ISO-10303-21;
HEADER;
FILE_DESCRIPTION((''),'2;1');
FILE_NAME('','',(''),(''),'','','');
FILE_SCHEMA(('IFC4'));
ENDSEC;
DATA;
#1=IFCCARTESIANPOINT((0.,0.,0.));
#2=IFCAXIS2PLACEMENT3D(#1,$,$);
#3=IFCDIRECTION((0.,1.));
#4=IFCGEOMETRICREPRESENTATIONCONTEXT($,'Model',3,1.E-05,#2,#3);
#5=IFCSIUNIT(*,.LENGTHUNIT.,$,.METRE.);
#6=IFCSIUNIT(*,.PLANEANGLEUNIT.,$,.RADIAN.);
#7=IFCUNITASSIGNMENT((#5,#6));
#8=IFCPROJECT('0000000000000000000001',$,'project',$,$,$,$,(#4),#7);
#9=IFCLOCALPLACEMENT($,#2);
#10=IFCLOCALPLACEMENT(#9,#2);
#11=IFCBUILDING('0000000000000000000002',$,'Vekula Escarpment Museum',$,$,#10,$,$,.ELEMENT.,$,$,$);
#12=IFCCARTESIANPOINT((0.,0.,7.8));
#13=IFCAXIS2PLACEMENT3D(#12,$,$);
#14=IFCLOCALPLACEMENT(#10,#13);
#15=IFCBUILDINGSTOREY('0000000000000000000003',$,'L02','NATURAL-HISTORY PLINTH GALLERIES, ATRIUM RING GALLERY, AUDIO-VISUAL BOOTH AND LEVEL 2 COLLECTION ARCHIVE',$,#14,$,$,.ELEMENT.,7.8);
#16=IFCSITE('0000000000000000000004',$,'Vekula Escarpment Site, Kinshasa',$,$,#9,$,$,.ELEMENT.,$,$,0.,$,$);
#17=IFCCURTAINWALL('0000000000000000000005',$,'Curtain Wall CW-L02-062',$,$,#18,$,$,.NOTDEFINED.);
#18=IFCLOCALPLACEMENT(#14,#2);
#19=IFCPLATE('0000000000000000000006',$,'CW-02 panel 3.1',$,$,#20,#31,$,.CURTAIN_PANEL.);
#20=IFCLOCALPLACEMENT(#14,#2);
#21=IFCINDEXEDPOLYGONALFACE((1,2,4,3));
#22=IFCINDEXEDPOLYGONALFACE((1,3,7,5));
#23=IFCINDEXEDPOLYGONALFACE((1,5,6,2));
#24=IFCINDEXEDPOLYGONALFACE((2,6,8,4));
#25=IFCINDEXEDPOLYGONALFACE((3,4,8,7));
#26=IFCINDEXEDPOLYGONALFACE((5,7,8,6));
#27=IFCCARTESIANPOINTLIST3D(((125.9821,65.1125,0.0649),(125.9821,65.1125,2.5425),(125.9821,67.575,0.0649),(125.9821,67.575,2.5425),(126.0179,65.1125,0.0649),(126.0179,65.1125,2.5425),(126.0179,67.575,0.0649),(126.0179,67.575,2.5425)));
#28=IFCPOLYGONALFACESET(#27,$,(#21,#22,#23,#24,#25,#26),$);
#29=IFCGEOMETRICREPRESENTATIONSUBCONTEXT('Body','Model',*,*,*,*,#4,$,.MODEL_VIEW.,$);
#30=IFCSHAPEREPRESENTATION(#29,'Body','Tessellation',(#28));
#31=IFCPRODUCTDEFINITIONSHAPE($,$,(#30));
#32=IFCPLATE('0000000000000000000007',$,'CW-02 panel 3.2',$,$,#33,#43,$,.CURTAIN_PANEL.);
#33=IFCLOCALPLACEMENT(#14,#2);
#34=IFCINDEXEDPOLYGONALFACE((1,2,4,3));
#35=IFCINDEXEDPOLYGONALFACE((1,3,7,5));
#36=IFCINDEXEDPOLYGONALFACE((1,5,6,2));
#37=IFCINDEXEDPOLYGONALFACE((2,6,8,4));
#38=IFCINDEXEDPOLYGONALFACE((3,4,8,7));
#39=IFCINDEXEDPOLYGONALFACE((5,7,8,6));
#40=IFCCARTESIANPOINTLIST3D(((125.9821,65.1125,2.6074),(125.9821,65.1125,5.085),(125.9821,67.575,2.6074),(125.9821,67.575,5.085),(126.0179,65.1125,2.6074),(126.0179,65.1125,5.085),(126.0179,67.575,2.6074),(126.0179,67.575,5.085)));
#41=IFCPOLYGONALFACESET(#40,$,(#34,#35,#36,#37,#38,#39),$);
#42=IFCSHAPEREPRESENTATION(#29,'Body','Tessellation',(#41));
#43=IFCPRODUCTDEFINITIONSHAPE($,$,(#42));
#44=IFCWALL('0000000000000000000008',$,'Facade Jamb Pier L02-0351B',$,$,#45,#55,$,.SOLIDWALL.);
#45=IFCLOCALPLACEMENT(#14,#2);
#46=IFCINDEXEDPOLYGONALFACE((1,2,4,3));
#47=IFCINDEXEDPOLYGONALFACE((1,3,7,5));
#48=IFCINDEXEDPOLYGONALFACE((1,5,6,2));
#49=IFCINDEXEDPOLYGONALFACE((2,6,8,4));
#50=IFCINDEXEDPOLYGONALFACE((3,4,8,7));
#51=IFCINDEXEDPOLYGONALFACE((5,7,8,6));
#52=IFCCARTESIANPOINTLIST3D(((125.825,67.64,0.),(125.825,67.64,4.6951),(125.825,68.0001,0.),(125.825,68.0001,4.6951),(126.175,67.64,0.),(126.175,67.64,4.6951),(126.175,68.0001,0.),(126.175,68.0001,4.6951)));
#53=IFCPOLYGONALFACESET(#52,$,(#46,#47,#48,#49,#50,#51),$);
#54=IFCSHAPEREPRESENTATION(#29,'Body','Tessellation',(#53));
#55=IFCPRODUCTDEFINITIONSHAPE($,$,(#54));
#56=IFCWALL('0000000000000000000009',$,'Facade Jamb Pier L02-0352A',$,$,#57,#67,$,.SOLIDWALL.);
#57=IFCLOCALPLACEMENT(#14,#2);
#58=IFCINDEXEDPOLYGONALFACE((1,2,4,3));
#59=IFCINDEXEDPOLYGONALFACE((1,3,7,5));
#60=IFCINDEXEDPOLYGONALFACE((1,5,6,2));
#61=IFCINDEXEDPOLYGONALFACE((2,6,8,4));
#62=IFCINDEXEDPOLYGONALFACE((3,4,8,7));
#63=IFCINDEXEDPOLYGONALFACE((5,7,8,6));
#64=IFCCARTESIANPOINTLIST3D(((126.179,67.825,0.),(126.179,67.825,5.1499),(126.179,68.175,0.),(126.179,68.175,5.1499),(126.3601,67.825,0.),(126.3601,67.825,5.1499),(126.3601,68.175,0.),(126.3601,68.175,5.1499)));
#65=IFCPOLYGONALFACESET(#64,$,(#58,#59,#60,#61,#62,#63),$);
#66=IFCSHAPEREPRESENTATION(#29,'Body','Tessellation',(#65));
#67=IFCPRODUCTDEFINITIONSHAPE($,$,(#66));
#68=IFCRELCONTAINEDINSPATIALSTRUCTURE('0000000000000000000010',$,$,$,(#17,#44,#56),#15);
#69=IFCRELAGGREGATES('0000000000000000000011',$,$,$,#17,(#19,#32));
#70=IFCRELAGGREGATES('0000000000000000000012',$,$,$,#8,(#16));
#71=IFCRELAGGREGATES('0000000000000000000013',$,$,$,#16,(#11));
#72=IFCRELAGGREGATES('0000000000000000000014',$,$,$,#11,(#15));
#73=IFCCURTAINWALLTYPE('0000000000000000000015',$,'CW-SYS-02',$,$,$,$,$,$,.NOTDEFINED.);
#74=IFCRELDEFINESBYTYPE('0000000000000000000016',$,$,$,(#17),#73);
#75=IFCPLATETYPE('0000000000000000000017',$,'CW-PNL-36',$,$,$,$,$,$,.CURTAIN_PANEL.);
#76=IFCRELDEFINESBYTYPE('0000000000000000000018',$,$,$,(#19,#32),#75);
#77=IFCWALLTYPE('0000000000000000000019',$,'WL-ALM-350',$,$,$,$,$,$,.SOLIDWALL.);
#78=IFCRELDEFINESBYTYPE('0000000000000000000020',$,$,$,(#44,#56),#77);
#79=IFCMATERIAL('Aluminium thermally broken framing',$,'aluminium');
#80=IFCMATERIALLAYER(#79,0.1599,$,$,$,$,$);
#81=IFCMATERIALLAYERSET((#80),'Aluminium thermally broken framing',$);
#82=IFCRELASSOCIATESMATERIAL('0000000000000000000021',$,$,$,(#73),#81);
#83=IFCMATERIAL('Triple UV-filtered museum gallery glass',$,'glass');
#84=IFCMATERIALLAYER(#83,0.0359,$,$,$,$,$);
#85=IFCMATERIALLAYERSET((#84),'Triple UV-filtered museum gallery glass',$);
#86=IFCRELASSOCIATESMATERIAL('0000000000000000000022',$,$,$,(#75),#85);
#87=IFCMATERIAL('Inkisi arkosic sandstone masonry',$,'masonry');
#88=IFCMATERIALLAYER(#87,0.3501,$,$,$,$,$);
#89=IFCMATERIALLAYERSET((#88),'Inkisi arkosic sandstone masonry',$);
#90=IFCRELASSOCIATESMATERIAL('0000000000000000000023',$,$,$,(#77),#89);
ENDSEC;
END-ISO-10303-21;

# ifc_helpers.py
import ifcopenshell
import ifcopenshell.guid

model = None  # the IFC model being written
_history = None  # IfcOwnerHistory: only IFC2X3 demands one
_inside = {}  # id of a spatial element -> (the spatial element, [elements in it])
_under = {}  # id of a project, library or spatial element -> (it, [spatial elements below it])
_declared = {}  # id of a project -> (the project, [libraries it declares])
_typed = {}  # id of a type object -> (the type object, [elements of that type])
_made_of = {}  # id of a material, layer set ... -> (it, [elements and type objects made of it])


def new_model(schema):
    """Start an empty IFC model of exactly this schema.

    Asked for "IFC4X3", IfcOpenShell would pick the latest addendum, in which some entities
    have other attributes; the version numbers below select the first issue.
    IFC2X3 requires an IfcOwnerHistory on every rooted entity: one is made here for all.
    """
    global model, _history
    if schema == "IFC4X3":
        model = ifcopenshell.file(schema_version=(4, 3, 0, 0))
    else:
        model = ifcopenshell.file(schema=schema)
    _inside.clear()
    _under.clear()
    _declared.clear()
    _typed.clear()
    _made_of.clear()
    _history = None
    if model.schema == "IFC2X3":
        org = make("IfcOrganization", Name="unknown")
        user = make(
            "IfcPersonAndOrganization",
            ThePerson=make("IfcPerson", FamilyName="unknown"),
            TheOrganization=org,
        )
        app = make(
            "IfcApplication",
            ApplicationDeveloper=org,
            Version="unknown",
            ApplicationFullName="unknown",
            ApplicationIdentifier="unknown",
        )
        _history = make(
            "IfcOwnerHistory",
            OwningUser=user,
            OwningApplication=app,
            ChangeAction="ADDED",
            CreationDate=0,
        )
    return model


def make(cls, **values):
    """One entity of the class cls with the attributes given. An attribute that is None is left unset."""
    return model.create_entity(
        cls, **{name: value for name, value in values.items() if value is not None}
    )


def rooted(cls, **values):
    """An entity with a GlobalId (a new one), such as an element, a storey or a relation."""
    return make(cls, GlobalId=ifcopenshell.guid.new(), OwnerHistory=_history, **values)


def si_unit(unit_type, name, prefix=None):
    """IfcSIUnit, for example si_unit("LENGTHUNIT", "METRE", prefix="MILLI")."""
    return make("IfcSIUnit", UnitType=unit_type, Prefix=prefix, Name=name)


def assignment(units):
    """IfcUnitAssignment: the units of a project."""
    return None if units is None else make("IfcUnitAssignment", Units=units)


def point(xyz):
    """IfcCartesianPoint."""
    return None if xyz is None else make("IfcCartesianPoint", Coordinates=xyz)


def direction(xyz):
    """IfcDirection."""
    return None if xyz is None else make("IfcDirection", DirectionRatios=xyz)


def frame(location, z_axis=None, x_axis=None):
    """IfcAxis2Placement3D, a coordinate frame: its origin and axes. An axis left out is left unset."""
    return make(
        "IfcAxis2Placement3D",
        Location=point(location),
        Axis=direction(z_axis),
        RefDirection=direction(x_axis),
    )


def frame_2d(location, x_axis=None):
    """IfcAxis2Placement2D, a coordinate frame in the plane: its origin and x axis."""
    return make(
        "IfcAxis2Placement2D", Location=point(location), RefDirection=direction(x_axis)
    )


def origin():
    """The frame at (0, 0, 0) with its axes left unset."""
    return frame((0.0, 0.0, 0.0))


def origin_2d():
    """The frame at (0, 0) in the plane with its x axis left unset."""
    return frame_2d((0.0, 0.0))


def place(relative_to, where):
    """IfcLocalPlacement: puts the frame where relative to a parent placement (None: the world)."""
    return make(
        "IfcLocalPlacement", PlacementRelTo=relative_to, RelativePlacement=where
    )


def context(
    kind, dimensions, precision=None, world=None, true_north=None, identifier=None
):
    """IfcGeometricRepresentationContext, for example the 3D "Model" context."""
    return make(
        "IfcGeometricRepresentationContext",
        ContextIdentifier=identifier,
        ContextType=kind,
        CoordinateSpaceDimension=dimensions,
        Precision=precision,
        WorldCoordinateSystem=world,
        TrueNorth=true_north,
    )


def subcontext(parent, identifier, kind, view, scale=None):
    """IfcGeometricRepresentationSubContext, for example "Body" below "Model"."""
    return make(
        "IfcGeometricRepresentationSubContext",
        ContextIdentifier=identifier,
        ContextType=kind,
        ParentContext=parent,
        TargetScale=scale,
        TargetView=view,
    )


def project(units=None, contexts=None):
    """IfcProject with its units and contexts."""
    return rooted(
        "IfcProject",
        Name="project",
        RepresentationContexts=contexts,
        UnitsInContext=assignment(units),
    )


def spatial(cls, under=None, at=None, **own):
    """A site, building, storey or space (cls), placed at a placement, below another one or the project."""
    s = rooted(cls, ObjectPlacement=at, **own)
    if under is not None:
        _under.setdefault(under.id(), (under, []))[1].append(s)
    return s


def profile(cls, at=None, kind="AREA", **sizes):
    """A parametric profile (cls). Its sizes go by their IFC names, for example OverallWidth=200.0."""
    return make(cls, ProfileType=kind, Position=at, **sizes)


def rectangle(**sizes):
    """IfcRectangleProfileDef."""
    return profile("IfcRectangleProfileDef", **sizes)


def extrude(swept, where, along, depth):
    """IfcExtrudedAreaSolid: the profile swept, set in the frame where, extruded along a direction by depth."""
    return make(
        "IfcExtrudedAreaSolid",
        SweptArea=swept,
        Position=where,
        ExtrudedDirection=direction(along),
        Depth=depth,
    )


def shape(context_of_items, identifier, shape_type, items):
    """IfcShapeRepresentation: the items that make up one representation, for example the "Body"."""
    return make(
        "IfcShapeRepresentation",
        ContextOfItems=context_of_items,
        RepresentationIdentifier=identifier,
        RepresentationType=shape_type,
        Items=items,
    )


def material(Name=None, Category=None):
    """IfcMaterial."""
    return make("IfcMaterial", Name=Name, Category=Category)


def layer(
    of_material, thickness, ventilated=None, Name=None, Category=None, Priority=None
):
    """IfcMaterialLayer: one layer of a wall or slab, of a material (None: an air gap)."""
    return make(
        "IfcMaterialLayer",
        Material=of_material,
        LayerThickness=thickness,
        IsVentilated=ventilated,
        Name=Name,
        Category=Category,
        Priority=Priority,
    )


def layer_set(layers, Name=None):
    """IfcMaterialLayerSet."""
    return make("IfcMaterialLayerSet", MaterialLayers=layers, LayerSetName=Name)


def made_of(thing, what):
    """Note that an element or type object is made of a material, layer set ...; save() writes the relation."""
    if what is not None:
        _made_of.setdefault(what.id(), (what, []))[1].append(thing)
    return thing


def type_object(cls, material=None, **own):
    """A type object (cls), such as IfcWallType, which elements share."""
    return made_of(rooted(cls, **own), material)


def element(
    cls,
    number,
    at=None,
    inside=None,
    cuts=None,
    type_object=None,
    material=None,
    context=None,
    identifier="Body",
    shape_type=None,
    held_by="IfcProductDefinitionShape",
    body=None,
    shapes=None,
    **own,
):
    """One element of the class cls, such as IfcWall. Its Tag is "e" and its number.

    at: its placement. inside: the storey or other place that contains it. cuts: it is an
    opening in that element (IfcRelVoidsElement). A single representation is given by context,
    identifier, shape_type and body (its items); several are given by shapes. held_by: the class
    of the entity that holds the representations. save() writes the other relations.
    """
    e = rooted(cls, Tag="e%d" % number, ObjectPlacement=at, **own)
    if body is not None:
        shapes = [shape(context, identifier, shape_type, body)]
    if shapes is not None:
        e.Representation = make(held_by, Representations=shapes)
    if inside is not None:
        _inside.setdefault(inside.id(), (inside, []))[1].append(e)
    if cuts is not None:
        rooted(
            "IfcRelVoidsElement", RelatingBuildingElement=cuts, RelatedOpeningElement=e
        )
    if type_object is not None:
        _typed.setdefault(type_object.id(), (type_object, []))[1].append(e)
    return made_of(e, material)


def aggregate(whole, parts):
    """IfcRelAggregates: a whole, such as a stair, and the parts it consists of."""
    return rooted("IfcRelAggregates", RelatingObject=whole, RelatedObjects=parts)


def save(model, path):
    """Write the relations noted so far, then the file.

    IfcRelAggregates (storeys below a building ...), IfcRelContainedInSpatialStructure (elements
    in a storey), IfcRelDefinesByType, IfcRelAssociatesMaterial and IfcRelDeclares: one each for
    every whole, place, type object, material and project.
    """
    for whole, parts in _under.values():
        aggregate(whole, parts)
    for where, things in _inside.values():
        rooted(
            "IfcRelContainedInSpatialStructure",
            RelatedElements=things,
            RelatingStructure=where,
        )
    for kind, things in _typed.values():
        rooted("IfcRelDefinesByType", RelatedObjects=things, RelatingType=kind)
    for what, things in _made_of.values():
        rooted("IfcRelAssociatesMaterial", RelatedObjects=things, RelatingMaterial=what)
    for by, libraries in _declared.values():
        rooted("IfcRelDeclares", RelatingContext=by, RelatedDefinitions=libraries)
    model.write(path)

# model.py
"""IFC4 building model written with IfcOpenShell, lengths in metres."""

from ifc_helpers import new_model, si_unit, direction, frame, frame_2d, origin, origin_2d, place, context, subcontext, project, spatial, rectangle, extrude, material, layer, layer_set, type_object, element, aggregate, save


model = new_model("IFC4")

# Units and contexts
model_context = context("Model", 3, precision=1e-05, world=origin(), true_north=direction((0.0, 1.0)))
body_context = subcontext(model_context, "Body", "Model", "MODEL_VIEW")
ifc_project = project(units=[si_unit("LENGTHUNIT", "METRE"), si_unit("PLANEANGLEUNIT", "RADIAN")], contexts=[model_context])

# Site, building, storey
site_placement = place(None, origin())
site = spatial("IfcSite", under=ifc_project, at=site_placement, Name="Vekula Escarpment Site, Kinshasa", CompositionType="ELEMENT", RefElevation=0.0)
building_placement = place(site_placement, origin())
building = spatial("IfcBuilding", under=site, at=building_placement, Name="Vekula Escarpment Museum", CompositionType="ELEMENT")
storey_placement = place(building_placement, frame((0.0, 0.0, 7.8)))
storey = spatial("IfcBuildingStorey", under=building, at=storey_placement, Name="L02", Description="NATURAL-HISTORY PLINTH GALLERIES, ATRIUM RING GALLERY, AUDIO-VISUAL BOOTH AND LEVEL 2 COLLECTION ARCHIVE", CompositionType="ELEMENT", Elevation=7.8)

# Curtain wall
ifc_material_1 = material(Name="Aluminium thermally broken framing", Category="aluminium")
ifc_layer_1 = layer(ifc_material_1, 0.1599)
ifc_layer_set_1 = layer_set([ifc_layer_1], Name="Aluminium thermally broken framing")
curtain_wall_type_1 = type_object("IfcCurtainWallType", Name="CW-SYS-02", PredefinedType="NOTDEFINED", material=ifc_layer_set_1)
curtain_wall_1_placement = place(storey_placement, origin())
curtain_wall_1 = element("IfcCurtainWall", 1, at=curtain_wall_1_placement, inside=storey, type_object=curtain_wall_type_1, Name="Curtain Wall CW-L02-062", PredefinedType="NOTDEFINED")

# Plates
ifc_material_2 = material(Name="Triple UV-filtered museum gallery glass", Category="glass")
ifc_layer_2 = layer(ifc_material_2, 0.0359)
ifc_layer_set_2 = layer_set([ifc_layer_2], Name="Triple UV-filtered museum gallery glass")
plate_type = type_object("IfcPlateType", Name="CW-PNL-36", PredefinedType="CURTAIN_PANEL", material=ifc_layer_set_2)
plate_1_placement = place(storey_placement, frame((126.0, 66.3438, 0.0649), z_axis=(0.0, 0.0, 1.0), x_axis=(0.0, 1.0, 0.0)))
plate_1 = element("IfcPlate", 2, at=plate_1_placement, type_object=plate_type, Name="CW-02 panel 3.1", PredefinedType="CURTAIN_PANEL", context=body_context, shape_type="SweptSolid", body=[
    extrude(rectangle(XDim=2.4624, YDim=0.0359, at=origin_2d()), origin(), (0.0, 0.0, 1.0), 2.4775),
])
plate_2_placement = place(storey_placement, frame((126.0, 66.3438, 2.6074), z_axis=(0.0, 0.0, 1.0), x_axis=(0.0, 1.0, 0.0)))
plate_2 = element("IfcPlate", 3, at=plate_2_placement, type_object=plate_type, Name="CW-02 panel 3.2", PredefinedType="CURTAIN_PANEL", context=body_context, shape_type="SweptSolid", body=[
    extrude(rectangle(XDim=2.4624, YDim=0.0359, at=origin_2d()), origin(), (0.0, 0.0, 1.0), 2.4775),
])
aggregate(curtain_wall_1, [plate_1, plate_2])

# Walls
ifc_material_3 = material(Name="Inkisi arkosic sandstone masonry", Category="masonry")
ifc_layer_3 = layer(ifc_material_3, 0.3501)
ifc_layer_set_3 = layer_set([ifc_layer_3], Name="Inkisi arkosic sandstone masonry")
wall_type = type_object("IfcWallType", Name="WL-ALM-350", PredefinedType="SOLIDWALL", material=ifc_layer_set_3)
wall_1_placement = place(storey_placement, frame((126.0, 67.6399, 0.0), z_axis=(0.0, 0.0, 1.0), x_axis=(0.0, 1.0, 0.0)))
element("IfcWall", 4, at=wall_1_placement, inside=storey, type_object=wall_type, Name="Facade Jamb Pier L02-0351B", PredefinedType="SOLIDWALL", context=body_context, shape_type="SweptSolid", body=[
    extrude(rectangle(XDim=0.3601, YDim=0.3501, at=frame_2d((0.1802, 0.0))), origin(), (0.0, 0.0, 1.0), 4.6951),
])
wall_2_placement = place(storey_placement, frame((126.179, 68.0, 0.0), z_axis=(0.0, 0.0, 1.0), x_axis=(1.0, 0.0, 0.0)))
element("IfcWall", 5, at=wall_2_placement, inside=storey, type_object=wall_type, Name="Facade Jamb Pier L02-0352A", PredefinedType="SOLIDWALL", context=body_context, shape_type="SweptSolid", body=[
    extrude(rectangle(XDim=0.1812, YDim=0.3501, at=frame_2d((0.0906, 0.0))), origin(), (0.0, 0.0, 1.0), 5.1499),
])

save(model, "model.ifc")
